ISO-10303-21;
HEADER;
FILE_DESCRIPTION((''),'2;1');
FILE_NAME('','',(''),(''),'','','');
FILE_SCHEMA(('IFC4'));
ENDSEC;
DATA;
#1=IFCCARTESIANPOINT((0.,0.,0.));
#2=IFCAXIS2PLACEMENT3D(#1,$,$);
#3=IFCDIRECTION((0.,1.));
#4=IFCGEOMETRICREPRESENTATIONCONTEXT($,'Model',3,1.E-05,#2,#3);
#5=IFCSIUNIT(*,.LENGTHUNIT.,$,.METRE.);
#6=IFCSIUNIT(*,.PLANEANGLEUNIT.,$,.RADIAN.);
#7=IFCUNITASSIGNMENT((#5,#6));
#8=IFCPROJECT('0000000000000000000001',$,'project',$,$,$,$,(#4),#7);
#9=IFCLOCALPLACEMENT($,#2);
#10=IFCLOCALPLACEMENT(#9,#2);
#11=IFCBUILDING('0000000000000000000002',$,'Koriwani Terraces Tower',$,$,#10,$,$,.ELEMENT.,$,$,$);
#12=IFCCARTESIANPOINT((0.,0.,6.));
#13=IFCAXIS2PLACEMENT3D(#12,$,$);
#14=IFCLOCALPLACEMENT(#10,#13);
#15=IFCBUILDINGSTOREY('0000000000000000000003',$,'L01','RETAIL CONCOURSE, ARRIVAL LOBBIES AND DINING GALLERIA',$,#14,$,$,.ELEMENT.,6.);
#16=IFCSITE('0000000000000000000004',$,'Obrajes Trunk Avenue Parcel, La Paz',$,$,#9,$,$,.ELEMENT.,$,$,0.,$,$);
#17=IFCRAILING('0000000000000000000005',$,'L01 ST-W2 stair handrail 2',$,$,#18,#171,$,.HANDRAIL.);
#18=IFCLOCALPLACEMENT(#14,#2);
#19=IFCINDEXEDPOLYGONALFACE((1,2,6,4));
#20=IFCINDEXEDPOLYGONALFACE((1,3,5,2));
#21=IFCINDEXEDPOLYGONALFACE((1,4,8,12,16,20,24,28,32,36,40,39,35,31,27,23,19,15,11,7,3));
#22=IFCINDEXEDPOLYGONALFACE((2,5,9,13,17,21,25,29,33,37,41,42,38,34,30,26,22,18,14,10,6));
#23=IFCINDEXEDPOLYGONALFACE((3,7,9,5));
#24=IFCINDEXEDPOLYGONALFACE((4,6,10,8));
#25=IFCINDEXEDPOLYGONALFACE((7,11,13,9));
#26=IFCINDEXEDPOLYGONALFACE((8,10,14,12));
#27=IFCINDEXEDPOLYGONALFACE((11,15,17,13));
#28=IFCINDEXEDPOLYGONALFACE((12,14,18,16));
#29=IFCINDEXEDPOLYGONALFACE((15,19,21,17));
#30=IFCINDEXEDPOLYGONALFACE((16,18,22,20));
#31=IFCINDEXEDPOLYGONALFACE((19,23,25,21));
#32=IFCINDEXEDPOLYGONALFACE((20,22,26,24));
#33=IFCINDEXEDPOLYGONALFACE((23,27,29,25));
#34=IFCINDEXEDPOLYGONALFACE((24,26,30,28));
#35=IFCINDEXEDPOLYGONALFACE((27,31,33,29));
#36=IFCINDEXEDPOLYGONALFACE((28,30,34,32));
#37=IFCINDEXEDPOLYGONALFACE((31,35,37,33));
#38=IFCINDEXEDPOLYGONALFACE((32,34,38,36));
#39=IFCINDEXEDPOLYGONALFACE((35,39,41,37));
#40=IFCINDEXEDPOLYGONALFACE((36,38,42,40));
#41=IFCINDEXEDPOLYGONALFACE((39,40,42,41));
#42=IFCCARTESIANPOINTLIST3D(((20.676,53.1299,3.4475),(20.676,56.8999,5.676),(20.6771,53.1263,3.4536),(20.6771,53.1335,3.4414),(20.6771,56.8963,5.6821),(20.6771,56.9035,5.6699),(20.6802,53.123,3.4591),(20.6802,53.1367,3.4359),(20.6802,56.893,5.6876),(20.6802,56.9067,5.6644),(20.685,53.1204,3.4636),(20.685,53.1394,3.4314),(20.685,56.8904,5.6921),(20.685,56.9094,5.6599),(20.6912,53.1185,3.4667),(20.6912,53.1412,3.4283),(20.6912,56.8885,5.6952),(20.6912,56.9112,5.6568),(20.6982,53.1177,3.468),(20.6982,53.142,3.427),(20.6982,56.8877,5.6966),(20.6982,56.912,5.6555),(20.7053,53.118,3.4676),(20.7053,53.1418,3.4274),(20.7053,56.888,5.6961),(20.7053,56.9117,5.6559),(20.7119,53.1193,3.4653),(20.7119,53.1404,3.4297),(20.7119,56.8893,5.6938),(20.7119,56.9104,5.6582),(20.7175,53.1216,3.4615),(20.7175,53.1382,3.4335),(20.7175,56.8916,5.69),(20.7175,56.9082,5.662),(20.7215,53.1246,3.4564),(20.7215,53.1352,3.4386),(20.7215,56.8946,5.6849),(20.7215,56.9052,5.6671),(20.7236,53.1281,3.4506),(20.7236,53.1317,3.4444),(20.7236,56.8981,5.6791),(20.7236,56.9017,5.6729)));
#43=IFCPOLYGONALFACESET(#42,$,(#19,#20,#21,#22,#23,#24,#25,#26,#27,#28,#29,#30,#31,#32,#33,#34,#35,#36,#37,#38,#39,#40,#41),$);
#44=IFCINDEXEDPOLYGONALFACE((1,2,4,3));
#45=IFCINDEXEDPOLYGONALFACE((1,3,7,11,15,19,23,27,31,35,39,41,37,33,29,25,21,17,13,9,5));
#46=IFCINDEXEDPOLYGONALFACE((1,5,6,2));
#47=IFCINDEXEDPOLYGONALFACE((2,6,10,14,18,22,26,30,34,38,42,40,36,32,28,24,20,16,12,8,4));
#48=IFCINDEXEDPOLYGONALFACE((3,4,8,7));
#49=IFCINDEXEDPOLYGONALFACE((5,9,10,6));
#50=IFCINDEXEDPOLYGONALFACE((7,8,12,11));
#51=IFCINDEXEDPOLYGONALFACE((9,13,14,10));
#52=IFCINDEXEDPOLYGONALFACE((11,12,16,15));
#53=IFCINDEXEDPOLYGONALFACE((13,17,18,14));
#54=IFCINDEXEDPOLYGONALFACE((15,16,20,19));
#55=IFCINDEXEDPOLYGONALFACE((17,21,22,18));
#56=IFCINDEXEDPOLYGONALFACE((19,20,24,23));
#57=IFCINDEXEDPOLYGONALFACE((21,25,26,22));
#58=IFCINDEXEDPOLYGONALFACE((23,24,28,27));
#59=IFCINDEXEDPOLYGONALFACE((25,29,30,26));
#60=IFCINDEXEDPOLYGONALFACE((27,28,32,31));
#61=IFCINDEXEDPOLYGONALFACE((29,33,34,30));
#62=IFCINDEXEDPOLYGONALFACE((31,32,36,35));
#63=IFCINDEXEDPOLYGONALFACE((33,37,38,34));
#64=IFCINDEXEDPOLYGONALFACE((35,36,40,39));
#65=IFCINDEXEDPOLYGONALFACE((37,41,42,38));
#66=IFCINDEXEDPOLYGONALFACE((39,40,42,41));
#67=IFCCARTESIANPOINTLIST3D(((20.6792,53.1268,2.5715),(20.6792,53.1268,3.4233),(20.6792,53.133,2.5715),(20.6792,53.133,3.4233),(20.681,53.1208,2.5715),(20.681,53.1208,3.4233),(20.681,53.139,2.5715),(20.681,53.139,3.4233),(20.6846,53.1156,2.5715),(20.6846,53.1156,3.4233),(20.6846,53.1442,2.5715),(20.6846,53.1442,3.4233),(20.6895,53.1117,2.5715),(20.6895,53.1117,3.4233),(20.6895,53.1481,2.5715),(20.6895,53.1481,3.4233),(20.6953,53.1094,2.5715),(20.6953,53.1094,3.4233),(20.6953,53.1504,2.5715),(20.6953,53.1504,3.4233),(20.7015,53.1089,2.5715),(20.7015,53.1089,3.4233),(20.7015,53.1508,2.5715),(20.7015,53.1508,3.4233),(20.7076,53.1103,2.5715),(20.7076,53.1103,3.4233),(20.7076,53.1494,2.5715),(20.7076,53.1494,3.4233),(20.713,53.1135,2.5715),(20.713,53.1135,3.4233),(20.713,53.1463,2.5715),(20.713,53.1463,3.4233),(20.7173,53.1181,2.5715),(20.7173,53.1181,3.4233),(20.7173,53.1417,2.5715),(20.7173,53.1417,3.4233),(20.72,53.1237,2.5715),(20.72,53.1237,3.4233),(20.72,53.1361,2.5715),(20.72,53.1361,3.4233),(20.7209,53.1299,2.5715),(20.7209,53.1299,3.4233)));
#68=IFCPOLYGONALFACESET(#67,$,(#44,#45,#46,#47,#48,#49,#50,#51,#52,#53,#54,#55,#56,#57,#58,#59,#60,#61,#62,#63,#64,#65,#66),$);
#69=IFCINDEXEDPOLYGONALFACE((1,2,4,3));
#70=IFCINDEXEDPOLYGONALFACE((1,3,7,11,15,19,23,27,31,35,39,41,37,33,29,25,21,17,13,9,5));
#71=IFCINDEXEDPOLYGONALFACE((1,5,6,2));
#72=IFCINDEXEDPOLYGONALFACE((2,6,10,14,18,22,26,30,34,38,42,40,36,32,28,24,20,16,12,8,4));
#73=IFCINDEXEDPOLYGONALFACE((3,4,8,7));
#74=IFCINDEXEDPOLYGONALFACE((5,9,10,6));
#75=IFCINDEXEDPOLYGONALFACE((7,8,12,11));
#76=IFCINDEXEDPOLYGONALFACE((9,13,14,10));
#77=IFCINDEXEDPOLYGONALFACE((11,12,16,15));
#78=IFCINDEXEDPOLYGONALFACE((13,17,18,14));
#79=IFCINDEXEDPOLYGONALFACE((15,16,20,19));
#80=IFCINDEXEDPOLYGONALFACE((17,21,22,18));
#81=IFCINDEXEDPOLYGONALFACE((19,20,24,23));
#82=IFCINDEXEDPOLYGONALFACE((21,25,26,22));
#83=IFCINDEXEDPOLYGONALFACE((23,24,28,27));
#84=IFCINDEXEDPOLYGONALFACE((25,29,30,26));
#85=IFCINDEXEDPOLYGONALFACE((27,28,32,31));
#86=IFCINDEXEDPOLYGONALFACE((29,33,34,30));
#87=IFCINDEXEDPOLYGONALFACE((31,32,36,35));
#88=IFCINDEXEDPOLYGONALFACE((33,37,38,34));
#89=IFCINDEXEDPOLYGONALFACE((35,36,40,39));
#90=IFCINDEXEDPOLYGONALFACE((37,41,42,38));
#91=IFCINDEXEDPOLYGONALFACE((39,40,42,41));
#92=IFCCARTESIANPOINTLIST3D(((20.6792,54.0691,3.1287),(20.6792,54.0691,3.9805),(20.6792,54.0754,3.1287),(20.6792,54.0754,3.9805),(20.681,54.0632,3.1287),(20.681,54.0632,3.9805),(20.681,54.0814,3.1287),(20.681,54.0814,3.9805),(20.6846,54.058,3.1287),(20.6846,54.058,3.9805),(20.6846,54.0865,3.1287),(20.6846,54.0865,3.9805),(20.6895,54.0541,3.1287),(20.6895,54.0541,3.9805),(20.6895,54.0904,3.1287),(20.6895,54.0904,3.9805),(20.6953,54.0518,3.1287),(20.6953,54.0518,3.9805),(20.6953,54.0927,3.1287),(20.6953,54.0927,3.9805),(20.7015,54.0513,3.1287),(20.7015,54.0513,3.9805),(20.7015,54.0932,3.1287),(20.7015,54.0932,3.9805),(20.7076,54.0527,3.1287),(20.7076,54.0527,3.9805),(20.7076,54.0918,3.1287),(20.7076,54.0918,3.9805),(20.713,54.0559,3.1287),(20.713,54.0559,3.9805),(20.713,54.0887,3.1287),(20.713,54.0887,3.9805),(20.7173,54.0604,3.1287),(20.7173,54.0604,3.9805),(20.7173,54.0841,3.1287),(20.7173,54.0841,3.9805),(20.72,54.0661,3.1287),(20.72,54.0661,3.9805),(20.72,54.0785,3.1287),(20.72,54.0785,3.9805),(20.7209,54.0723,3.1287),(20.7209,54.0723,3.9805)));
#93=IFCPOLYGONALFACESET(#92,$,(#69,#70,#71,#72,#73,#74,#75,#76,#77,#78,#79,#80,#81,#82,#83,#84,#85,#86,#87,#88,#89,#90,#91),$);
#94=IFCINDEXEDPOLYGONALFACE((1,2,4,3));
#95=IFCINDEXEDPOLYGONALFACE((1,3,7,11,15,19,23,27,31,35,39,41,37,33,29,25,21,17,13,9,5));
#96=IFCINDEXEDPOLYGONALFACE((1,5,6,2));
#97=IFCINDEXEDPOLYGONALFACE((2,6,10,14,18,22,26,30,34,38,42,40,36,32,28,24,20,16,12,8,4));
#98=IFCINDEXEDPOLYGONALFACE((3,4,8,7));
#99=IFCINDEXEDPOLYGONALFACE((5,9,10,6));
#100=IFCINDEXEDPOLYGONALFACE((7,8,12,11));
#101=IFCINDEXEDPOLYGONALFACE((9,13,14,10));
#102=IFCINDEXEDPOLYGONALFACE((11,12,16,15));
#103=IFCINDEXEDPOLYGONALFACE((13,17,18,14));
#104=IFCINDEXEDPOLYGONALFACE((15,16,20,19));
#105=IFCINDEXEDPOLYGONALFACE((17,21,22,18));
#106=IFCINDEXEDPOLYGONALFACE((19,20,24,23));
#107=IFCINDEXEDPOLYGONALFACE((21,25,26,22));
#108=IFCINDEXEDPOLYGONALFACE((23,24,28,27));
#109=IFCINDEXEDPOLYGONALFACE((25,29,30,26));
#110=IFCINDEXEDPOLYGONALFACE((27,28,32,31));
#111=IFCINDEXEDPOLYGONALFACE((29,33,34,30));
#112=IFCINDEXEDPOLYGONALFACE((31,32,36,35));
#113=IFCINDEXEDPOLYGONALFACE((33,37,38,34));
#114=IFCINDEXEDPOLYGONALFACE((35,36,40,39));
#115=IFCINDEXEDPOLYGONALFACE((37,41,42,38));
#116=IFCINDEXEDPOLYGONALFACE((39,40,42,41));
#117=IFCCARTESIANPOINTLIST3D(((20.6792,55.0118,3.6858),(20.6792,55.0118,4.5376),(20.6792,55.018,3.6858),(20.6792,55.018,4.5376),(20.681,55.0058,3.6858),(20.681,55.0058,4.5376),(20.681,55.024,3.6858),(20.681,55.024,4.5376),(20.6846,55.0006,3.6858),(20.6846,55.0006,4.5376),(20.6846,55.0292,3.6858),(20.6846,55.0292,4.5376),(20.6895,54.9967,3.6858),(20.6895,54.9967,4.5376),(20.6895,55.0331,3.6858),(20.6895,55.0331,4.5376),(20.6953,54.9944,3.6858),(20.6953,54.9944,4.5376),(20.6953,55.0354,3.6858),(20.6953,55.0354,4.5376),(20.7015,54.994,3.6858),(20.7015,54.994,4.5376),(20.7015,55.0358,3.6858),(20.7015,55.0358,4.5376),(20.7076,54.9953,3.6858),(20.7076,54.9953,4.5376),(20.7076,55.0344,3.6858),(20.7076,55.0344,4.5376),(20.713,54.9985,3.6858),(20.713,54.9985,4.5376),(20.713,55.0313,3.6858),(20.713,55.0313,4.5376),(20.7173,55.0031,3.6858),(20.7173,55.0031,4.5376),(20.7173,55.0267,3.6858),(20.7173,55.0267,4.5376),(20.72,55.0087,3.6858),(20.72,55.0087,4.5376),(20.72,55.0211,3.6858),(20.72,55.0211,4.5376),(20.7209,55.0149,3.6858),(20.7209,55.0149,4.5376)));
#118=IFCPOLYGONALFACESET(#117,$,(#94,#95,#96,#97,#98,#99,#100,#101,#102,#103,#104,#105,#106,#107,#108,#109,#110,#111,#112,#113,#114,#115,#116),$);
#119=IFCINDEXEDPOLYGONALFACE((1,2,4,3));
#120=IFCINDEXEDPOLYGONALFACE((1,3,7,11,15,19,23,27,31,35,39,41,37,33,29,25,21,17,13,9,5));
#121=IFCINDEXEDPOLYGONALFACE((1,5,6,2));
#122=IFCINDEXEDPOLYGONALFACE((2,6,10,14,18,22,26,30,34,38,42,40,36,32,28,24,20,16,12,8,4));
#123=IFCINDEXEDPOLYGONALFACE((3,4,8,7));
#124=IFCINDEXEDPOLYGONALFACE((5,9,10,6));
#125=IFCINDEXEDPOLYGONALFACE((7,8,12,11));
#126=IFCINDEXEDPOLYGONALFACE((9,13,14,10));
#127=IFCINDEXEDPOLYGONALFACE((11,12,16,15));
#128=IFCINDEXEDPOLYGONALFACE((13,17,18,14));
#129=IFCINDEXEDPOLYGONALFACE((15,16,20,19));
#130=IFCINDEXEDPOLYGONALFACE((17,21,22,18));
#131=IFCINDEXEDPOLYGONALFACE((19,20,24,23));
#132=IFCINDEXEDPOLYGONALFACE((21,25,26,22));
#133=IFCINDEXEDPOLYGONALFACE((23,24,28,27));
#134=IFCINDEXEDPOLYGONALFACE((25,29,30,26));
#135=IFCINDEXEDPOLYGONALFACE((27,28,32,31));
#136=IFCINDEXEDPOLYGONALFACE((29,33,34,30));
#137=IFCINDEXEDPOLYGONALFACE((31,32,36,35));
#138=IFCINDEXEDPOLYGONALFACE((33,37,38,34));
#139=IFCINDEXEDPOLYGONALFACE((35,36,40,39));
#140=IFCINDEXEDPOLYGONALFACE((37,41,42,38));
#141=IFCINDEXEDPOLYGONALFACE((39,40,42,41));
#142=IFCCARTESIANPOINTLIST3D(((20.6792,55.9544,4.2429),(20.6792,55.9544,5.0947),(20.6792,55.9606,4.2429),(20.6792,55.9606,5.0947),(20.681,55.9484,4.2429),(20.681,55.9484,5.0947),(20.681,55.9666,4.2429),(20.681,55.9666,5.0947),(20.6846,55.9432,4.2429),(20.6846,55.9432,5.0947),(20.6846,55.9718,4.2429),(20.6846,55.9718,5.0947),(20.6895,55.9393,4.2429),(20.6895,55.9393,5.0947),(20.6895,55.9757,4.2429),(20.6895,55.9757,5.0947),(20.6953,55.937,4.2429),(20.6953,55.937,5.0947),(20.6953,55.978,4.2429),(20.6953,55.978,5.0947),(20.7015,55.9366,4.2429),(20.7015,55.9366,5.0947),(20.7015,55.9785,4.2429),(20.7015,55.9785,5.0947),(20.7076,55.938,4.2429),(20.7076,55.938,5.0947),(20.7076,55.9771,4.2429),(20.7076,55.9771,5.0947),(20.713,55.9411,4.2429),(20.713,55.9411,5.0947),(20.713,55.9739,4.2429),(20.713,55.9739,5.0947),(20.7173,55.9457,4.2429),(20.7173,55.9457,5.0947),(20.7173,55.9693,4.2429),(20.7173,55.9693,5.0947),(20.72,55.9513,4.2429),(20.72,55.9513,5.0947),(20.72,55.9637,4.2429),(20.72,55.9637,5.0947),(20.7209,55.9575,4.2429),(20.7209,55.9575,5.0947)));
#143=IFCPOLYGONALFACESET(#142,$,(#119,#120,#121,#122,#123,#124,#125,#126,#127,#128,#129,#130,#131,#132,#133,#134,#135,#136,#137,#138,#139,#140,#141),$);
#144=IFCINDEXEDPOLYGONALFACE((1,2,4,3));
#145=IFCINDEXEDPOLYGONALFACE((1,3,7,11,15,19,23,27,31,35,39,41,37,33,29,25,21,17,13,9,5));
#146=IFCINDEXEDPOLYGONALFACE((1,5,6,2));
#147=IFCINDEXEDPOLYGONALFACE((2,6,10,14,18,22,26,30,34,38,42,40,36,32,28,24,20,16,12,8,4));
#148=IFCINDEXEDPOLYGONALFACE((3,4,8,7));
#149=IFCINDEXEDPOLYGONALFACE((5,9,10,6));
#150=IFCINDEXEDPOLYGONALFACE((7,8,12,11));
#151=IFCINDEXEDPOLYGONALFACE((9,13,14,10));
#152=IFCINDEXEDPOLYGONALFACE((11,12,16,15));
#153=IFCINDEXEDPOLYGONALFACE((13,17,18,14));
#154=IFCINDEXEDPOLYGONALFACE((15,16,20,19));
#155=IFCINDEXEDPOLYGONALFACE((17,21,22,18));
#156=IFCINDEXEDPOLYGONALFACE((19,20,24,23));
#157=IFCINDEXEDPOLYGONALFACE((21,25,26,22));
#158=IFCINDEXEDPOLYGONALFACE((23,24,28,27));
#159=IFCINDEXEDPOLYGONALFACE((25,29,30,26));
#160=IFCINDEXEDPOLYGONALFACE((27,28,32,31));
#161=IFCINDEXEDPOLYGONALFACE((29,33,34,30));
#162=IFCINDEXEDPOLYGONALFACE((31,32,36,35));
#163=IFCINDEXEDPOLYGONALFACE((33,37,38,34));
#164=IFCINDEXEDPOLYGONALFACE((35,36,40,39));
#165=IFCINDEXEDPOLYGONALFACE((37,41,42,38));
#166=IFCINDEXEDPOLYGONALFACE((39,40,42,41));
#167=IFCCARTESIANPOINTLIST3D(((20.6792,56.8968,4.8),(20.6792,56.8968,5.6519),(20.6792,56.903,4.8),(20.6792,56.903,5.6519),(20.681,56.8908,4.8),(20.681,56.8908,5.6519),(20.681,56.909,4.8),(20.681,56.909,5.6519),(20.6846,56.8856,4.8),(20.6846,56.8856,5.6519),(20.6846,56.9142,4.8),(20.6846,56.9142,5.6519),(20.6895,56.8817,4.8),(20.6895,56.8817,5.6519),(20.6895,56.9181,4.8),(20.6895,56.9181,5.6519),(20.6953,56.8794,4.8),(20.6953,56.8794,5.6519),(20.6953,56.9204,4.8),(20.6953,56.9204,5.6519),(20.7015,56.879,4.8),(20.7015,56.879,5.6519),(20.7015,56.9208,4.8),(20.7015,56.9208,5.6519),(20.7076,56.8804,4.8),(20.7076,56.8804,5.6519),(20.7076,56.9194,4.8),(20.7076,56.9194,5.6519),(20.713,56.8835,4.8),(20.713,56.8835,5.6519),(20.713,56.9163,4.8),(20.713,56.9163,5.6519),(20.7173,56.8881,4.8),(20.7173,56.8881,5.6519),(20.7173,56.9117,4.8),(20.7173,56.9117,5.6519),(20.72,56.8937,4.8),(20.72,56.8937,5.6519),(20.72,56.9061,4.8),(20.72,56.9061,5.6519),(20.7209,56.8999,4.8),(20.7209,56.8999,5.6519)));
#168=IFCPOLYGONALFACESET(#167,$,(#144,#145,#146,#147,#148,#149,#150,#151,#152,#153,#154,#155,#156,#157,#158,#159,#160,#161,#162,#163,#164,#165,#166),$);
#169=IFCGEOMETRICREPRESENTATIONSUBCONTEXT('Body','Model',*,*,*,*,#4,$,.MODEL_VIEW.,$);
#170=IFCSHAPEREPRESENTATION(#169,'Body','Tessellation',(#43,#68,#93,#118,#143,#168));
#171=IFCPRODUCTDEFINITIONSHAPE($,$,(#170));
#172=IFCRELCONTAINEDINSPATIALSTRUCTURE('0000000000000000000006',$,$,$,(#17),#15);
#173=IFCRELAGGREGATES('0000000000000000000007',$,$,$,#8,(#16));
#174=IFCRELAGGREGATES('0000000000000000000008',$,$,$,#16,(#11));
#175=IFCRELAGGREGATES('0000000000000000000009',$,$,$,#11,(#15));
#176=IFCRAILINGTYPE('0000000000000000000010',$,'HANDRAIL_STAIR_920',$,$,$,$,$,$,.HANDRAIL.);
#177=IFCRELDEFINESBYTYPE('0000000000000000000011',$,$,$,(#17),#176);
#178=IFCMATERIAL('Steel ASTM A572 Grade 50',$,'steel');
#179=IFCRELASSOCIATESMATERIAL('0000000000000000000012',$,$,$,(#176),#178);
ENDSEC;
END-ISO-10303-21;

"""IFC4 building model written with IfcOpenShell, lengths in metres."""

from ifc_helpers import new_model, si_unit, direction, frame, origin, origin_2d, place, context, subcontext, project, spatial, circle, extrude, material, type_object, element, save


model = new_model("IFC4")

# Units and contexts
model_context = context("Model", 3, precision=1e-05, world=origin(), true_north=direction((0.0, 1.0)))
body_context = subcontext(model_context, "Body", "Model", "MODEL_VIEW")
ifc_project = project(units=[si_unit("LENGTHUNIT", "METRE"), si_unit("PLANEANGLEUNIT", "RADIAN")], contexts=[model_context])

# Site, building, storey
site_placement = place(None, origin())
site = spatial("IfcSite", under=ifc_project, at=site_placement, Name="Obrajes Trunk Avenue Parcel, La Paz", CompositionType="ELEMENT", RefElevation=0.0)
building_placement = place(site_placement, origin())
building = spatial("IfcBuilding", under=site, at=building_placement, Name="Koriwani Terraces Tower", CompositionType="ELEMENT")
storey_placement = place(building_placement, frame((0.0, 0.0, 6.0)))
storey = spatial("IfcBuildingStorey", under=building, at=storey_placement, Name="L01", Description="RETAIL CONCOURSE, ARRIVAL LOBBIES AND DINING GALLERIA", CompositionType="ELEMENT", Elevation=6.0)

# Shared definitions
ifc_material_1 = material(Name="Steel ASTM A572 Grade 50", Category="steel")

# Railing
railing_type_1 = type_object("IfcRailingType", Name="HANDRAIL_STAIR_920", PredefinedType="HANDRAIL", material=ifc_material_1)
for number, where, name in (
    (1, (20.7, 53.1299, 2.5715), "L01 ST-W2 stair handrail 2"),
):
    element("IfcRailing", number, at=place(storey_placement, frame(where)), inside=storey, type_object=railing_type_1, Name=name, PredefinedType="HANDRAIL", context=body_context, shape_type="SweptSolid", body=[
        extrude(circle(Radius=0.0239, at=origin_2d()), frame((0.0, 0.0, 0.876), z_axis=(0.0, 0.860849, 0.508861), x_axis=(-1.0, 0.0, 0.0)), (0.0, 0.0, 1.0), 4.3794),
        extrude(circle(Radius=0.021, at=origin_2d()), origin(), (0.0, 0.0, 1.0), 0.8518),
        extrude(circle(Radius=0.021, at=origin_2d()), frame((0.0, 0.9424, 0.5571)), (0.0, 0.0, 1.0), 0.8518),
        extrude(circle(Radius=0.021, at=origin_2d()), frame((0.0, 1.885, 1.1143)), (0.0, 0.0, 1.0), 0.8518),
        extrude(circle(Radius=0.021, at=origin_2d()), frame((0.0, 2.8276, 1.6714)), (0.0, 0.0, 1.0), 0.8518),
        extrude(circle(Radius=0.021, at=origin_2d()), frame((0.0, 3.77, 2.2285)), (0.0, 0.0, 1.0), 0.8518),
    ])

save(model, "model.ifc")
